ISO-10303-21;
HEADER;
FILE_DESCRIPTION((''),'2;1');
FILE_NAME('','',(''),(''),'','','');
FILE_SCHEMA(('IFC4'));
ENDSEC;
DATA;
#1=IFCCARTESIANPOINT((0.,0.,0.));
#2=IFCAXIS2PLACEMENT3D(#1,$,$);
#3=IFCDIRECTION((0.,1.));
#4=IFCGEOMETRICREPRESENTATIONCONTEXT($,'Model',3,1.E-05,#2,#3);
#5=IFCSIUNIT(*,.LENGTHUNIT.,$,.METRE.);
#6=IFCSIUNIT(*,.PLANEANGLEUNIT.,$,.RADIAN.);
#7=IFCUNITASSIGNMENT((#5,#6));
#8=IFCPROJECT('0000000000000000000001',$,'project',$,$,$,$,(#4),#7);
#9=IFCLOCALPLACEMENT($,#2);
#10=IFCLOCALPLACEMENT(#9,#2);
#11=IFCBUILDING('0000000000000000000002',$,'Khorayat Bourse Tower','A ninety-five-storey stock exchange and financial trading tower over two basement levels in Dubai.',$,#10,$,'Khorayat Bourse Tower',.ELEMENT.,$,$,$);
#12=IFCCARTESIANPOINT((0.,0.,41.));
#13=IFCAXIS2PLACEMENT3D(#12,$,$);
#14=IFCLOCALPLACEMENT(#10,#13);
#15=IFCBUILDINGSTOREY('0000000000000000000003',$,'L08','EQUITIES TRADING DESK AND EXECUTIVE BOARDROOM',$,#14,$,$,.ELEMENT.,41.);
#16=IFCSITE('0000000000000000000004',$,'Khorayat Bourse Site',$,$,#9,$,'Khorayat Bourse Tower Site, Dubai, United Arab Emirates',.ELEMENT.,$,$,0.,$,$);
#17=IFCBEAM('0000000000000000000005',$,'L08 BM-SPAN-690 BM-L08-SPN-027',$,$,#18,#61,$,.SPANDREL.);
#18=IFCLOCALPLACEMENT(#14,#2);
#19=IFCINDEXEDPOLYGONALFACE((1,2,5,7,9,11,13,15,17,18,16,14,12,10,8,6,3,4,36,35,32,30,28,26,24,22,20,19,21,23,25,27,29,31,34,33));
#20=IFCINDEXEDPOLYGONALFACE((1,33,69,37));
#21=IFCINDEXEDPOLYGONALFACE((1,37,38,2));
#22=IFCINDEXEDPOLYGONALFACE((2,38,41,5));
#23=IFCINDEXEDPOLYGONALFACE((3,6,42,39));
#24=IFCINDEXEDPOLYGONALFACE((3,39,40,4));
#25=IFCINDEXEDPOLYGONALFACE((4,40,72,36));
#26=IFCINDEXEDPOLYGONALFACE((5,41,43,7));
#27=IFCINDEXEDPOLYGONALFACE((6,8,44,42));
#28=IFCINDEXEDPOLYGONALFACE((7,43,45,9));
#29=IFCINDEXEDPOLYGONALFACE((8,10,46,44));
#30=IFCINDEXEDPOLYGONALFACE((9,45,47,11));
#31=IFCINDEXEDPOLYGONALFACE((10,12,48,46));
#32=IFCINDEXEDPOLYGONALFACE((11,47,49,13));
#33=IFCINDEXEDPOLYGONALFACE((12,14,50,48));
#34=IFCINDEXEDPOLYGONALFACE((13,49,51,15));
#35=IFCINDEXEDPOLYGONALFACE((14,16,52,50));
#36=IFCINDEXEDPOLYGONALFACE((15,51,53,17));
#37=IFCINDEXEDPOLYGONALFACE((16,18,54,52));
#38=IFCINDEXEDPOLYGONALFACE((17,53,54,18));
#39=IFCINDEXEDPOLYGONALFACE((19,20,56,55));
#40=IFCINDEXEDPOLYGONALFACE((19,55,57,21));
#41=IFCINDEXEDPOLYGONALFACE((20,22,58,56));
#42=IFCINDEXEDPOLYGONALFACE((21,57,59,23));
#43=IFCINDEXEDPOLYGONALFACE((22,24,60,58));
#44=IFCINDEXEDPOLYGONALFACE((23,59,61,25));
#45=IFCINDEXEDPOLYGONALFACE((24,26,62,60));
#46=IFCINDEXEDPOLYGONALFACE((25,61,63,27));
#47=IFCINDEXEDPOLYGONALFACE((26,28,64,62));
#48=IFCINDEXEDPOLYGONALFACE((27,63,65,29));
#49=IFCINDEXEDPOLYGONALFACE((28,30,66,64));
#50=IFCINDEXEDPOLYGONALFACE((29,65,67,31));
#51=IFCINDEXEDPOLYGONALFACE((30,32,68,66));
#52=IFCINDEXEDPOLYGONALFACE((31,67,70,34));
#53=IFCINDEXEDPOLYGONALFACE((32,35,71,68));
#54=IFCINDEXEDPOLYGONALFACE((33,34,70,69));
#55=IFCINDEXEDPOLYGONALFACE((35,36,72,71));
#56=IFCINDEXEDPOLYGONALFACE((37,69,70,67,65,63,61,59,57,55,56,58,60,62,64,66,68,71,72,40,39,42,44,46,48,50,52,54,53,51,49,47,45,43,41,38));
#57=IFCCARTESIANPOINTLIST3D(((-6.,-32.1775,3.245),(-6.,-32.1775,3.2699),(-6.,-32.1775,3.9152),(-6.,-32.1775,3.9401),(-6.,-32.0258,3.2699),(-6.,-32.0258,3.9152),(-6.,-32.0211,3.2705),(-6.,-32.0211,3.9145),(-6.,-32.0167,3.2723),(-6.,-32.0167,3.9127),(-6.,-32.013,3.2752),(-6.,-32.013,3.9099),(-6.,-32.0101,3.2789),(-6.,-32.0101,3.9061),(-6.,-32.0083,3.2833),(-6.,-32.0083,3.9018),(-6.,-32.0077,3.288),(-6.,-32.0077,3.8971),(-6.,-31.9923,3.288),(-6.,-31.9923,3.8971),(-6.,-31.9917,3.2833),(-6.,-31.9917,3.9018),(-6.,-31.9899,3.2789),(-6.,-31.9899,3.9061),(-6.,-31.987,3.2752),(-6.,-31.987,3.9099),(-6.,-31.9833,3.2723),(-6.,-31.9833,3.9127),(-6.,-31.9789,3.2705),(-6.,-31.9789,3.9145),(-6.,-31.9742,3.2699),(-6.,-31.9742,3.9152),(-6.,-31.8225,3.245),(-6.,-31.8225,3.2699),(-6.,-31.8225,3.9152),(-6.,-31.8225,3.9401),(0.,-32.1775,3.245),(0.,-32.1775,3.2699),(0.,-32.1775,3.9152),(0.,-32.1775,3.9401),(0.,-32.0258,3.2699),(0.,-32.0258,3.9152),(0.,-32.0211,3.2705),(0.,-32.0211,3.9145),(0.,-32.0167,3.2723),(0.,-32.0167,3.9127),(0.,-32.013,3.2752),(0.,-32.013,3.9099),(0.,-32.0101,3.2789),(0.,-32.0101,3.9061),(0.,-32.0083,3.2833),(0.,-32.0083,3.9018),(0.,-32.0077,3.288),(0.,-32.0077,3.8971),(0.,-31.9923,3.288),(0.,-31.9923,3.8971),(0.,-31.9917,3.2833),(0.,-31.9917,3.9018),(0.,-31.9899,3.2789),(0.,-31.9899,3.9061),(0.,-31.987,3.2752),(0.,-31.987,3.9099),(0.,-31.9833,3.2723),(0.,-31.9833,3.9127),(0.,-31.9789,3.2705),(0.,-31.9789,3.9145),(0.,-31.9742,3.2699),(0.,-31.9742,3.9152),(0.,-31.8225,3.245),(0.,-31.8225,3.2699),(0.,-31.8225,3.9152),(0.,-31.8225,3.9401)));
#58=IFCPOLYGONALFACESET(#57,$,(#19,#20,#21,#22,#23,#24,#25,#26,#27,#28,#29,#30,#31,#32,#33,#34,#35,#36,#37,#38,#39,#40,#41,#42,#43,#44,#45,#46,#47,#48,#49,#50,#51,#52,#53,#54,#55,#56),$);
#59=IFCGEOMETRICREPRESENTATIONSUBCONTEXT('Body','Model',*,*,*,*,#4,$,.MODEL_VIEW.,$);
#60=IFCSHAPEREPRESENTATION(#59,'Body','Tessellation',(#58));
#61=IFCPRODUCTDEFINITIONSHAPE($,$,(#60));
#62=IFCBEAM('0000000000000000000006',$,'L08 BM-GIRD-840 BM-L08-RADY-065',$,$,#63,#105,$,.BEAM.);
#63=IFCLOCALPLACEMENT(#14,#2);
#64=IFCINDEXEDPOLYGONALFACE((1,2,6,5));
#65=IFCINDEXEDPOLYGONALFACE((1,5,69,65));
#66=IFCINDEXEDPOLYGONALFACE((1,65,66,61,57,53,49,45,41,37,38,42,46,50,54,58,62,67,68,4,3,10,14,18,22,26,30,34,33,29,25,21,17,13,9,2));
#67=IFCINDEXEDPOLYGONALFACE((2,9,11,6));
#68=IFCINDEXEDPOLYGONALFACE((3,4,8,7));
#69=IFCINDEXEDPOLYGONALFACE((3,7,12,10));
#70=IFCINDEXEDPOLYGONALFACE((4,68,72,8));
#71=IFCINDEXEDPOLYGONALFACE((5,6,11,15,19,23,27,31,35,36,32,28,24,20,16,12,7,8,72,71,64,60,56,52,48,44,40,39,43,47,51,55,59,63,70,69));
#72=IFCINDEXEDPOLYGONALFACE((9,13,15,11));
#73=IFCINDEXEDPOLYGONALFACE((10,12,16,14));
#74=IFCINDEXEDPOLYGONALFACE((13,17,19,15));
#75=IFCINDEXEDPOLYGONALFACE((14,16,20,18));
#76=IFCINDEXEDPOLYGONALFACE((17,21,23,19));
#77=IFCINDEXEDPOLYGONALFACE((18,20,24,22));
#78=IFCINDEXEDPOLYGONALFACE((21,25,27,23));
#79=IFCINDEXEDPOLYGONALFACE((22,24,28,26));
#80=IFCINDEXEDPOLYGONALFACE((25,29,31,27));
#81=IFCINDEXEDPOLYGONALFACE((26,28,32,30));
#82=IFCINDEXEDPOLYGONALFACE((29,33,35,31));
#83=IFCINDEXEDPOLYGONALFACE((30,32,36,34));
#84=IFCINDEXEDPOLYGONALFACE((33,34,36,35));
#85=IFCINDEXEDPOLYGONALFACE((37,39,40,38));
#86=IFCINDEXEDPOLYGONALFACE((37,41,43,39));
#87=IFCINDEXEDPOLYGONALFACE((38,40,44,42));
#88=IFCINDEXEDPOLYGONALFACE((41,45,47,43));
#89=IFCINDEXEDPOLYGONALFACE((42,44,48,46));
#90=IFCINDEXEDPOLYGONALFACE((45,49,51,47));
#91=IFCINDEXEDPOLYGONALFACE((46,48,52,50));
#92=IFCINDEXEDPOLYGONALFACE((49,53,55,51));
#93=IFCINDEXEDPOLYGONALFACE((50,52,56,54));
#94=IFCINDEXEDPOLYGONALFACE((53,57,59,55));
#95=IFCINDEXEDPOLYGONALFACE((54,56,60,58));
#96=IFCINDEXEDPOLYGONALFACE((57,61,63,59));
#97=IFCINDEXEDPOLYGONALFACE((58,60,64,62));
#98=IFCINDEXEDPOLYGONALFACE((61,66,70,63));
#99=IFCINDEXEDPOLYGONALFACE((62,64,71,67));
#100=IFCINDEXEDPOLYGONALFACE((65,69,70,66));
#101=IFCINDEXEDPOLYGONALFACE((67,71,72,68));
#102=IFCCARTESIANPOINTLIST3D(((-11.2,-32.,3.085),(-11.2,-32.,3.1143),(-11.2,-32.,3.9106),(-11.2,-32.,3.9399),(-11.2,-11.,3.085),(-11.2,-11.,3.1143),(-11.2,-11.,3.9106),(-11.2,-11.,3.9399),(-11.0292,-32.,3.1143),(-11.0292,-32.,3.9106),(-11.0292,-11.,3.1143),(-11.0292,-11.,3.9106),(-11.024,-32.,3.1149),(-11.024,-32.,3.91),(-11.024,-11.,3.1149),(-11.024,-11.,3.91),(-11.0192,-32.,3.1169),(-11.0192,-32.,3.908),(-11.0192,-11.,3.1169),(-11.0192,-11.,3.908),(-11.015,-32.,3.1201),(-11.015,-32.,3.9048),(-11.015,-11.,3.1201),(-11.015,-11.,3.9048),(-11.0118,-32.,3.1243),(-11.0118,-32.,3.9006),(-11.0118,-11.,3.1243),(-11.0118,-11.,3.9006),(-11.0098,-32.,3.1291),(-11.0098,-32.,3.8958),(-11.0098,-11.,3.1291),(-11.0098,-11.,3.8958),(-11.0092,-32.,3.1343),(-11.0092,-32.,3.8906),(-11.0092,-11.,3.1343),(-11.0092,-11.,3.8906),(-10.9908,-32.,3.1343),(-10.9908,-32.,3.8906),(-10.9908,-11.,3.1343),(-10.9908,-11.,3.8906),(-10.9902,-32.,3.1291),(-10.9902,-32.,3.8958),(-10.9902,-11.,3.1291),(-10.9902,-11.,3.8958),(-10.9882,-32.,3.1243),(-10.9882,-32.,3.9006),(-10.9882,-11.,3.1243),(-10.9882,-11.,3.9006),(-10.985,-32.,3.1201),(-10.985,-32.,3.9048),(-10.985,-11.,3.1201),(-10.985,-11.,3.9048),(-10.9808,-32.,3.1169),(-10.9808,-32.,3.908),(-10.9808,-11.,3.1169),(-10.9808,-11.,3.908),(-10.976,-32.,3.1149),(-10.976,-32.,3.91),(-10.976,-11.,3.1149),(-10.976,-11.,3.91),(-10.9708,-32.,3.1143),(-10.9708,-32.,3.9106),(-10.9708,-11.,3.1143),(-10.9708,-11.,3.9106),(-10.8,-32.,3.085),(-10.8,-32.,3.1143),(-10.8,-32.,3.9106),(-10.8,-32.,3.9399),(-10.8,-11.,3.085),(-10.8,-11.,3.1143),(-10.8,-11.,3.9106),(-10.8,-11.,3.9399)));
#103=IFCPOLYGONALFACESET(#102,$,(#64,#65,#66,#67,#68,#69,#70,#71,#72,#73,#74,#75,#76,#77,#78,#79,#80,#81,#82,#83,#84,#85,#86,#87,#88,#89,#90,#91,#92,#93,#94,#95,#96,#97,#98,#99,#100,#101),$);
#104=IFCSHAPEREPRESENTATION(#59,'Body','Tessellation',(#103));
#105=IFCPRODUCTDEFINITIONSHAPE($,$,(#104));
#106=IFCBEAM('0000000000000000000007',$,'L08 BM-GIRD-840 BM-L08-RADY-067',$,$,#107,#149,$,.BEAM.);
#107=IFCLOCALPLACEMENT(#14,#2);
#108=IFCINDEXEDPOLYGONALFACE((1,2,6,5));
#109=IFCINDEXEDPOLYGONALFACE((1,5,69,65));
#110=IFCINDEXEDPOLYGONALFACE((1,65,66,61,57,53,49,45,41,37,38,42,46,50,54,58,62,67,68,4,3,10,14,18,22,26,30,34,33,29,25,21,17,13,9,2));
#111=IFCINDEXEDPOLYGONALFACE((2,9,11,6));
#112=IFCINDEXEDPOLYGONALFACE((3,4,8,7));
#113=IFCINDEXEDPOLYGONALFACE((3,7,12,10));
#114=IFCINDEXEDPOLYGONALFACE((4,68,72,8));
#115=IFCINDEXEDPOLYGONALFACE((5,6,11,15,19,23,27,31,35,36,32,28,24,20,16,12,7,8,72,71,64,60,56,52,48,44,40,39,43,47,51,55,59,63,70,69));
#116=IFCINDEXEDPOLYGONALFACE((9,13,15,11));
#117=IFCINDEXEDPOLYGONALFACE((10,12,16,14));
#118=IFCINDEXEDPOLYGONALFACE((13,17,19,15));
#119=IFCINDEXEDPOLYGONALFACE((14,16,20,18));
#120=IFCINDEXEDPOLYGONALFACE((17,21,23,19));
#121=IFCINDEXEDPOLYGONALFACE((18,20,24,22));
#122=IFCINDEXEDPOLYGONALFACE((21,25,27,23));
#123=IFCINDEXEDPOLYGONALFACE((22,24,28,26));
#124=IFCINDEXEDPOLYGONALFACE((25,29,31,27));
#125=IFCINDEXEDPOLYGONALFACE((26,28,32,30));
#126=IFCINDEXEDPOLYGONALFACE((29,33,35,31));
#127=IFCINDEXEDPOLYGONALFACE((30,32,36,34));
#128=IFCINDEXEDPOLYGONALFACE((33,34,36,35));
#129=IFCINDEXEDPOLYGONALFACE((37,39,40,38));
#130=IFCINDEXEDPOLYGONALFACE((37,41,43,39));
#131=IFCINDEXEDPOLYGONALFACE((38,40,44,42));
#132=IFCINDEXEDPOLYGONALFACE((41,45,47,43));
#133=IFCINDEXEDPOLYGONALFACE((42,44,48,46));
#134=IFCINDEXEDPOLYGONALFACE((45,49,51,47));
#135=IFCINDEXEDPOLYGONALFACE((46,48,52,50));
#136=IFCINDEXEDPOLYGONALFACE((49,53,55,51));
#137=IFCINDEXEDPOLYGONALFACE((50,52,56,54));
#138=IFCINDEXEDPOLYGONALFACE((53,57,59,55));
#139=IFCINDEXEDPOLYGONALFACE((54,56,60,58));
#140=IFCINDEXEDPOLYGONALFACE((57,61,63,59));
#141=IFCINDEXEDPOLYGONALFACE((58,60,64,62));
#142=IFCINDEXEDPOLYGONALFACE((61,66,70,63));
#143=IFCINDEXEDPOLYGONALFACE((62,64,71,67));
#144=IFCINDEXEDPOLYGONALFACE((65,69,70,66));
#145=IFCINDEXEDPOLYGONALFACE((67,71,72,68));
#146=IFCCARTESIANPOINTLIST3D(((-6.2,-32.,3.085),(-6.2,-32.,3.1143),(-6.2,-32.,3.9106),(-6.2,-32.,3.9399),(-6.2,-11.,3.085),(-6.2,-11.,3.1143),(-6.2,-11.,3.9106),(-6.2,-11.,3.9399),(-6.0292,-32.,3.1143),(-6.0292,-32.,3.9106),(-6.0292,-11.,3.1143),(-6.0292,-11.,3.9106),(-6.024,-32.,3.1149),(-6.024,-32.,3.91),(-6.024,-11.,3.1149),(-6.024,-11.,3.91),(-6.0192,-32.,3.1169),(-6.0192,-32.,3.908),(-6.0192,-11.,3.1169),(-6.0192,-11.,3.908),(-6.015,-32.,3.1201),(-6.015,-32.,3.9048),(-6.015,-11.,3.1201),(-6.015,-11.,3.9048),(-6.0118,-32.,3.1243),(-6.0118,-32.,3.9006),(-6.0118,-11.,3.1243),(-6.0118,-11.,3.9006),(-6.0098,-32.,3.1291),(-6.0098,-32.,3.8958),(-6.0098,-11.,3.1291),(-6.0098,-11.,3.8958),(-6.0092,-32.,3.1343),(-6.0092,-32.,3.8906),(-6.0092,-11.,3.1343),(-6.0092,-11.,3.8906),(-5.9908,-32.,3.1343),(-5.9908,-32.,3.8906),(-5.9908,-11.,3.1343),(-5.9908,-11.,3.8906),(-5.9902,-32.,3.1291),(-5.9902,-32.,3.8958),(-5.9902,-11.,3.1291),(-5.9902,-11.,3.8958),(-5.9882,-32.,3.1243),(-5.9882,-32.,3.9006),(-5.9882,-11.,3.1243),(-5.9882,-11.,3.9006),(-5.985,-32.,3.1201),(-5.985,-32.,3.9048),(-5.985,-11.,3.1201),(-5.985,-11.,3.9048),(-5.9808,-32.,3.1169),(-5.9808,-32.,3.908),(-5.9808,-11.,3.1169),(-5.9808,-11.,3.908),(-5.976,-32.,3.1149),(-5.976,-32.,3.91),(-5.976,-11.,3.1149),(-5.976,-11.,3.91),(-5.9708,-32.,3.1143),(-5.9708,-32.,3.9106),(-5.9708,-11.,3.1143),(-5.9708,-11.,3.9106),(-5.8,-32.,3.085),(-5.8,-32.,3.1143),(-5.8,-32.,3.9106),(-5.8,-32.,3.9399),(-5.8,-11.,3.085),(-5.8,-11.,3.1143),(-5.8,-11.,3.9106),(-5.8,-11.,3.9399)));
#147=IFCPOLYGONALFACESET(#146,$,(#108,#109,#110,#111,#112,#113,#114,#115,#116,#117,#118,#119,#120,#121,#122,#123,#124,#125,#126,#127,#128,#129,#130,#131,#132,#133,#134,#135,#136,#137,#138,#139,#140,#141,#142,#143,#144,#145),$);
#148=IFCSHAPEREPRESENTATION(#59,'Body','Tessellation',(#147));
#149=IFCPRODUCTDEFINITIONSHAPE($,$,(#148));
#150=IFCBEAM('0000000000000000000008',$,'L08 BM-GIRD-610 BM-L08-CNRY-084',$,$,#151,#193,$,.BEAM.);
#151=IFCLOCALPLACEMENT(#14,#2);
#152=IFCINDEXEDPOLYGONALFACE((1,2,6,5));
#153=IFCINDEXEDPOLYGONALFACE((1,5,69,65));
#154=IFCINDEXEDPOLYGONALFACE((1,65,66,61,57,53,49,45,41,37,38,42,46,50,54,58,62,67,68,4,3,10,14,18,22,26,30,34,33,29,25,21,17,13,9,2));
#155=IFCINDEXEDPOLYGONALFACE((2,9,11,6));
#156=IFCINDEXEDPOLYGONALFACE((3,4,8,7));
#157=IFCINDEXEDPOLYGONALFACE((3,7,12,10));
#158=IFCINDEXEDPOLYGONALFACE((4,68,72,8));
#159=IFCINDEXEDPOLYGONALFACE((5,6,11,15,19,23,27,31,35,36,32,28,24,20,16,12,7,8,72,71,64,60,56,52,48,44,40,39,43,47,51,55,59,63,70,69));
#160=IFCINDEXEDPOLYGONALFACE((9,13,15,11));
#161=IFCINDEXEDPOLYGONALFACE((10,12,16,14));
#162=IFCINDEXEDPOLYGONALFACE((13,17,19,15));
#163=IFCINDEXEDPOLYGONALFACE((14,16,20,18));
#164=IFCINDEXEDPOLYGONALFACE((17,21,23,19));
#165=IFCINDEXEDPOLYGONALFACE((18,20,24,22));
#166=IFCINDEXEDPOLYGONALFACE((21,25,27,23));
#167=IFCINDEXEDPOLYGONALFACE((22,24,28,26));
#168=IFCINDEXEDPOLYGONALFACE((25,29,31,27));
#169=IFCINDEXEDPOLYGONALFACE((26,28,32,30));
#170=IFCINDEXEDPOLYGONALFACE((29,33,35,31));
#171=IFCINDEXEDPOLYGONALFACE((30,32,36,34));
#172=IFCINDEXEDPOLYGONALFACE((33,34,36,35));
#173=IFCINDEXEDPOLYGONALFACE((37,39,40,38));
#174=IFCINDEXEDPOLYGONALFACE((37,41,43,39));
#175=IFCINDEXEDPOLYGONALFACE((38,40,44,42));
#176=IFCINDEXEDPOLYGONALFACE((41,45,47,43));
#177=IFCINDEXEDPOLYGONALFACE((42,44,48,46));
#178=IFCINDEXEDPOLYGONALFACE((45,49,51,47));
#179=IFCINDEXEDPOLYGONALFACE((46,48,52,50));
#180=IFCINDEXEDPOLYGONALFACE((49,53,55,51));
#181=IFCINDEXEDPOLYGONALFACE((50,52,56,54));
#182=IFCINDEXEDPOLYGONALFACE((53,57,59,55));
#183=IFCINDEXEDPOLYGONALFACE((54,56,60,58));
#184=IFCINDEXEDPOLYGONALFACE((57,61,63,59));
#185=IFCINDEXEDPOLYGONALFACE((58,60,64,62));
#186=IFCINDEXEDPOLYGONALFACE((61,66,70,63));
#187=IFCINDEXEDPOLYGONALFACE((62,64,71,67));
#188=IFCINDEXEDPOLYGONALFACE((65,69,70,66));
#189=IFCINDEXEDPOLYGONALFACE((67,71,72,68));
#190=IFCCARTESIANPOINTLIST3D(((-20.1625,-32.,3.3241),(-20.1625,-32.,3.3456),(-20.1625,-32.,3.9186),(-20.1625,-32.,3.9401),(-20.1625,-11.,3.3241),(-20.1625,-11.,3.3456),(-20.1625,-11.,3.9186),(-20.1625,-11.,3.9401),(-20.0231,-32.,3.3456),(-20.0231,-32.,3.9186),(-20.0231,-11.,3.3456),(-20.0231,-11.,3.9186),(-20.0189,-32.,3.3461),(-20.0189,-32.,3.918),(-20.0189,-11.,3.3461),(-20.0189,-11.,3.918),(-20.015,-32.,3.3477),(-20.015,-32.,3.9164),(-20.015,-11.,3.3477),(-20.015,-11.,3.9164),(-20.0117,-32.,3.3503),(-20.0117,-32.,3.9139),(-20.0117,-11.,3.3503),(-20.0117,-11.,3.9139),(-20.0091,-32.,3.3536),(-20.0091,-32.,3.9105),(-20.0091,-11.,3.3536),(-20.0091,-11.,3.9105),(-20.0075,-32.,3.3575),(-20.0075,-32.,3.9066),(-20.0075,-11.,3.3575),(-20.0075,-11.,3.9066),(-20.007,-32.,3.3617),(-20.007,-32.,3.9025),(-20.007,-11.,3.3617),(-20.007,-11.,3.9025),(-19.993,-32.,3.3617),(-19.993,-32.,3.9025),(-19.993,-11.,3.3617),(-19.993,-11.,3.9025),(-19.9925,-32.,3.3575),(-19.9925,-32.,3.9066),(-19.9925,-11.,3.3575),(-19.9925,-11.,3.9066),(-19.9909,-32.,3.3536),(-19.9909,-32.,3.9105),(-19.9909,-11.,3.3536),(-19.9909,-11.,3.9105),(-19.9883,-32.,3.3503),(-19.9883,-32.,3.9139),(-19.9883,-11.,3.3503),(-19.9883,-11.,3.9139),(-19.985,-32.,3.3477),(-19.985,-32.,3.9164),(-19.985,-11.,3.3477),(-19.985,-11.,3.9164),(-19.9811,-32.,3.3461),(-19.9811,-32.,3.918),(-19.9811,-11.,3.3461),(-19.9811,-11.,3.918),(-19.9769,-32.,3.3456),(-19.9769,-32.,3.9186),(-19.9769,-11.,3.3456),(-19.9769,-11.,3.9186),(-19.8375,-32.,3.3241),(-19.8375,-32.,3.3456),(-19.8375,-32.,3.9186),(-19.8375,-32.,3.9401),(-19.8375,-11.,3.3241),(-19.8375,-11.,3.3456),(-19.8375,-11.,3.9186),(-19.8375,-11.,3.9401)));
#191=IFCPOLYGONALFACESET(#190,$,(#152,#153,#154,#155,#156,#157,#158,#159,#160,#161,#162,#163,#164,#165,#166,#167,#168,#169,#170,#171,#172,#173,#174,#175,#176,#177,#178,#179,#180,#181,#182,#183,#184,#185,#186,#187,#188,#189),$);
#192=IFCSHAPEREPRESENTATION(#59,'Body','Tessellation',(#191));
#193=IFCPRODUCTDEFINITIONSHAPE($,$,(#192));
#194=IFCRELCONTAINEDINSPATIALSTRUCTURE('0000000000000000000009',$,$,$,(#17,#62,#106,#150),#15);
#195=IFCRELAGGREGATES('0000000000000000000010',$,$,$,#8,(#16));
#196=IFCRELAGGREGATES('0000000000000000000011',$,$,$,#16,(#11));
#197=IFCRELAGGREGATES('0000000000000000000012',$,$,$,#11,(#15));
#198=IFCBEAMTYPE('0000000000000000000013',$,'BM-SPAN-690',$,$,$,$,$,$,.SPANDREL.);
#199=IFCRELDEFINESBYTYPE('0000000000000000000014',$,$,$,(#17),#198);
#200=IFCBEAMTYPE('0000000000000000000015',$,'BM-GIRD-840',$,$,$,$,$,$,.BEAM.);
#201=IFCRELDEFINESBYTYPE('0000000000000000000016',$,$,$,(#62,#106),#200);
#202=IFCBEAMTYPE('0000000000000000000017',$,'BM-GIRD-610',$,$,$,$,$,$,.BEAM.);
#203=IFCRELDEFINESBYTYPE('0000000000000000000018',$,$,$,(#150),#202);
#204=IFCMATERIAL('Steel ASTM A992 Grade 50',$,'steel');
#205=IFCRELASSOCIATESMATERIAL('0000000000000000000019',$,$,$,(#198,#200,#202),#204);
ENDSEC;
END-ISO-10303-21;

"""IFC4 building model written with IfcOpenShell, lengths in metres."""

from ifc_helpers import new_model, si_unit, direction, frame, origin, origin_2d, place, context, subcontext, project, spatial, i_section, extrude, source, transform, mapped, material, material_profile, profile_set, type_object, element, save


model = new_model("IFC4")

# Units and contexts
model_context = context("Model", 3, precision=1e-05, world=origin(), true_north=direction((0.0, 1.0)))
body_context = subcontext(model_context, "Body", "Model", "MODEL_VIEW")
ifc_project = project(units=[si_unit("LENGTHUNIT", "METRE"), si_unit("PLANEANGLEUNIT", "RADIAN")], contexts=[model_context])

# Site, building, storey
site_placement = place(None, origin())
site = spatial("IfcSite", under=ifc_project, at=site_placement, Name="Khorayat Bourse Site", LongName="Khorayat Bourse Tower Site, Dubai, United Arab Emirates", CompositionType="ELEMENT", RefElevation=0.0)
building_placement = place(site_placement, origin())
building = spatial("IfcBuilding", under=site, at=building_placement, Name="Khorayat Bourse Tower", Description="A ninety-five-storey stock exchange and financial trading tower over two basement levels in Dubai.", LongName="Khorayat Bourse Tower", CompositionType="ELEMENT")
storey_placement = place(building_placement, frame((0.0, 0.0, 41.0)))
storey = spatial("IfcBuildingStorey", under=building, at=storey_placement, Name="L08", Description="EQUITIES TRADING DESK AND EXECUTIVE BOARDROOM", CompositionType="ELEMENT", Elevation=41.0)

# Beams
ifc_material_1 = material(Name="Steel ASTM A992 Grade 50", Category="steel")
ifc_material_profile_1 = material_profile(ifc_material_1, i_section(OverallWidth=0.355, OverallDepth=0.6951, WebThickness=0.0154, FlangeThickness=0.0249, FilletRadius=0.0181, at=origin_2d()), Name="W690X217")
ifc_profile_set_1 = profile_set([ifc_material_profile_1], Name="Steel ASTM A992 Grade 50")
beam_type_1 = type_object("IfcBeamType", Name="BM-SPAN-690", PredefinedType="SPANDREL", material=ifc_profile_set_1)
shared_shape_1 = source(origin(), body_context, "Body", "SweptSolid", [
    extrude(i_section(OverallWidth=0.355, OverallDepth=0.6951, WebThickness=0.0154, FlangeThickness=0.0249, FilletRadius=0.0181, at=origin_2d()), origin(), (0.0, 0.0, 1.0), 6.0),
])
beam_1_placement = place(storey_placement, frame((-6.0, -32.0, 3.5925), z_axis=(1.0, 0.0, 0.0), x_axis=(0.0, 1.0, 0.0)))
element("IfcBeam", 1, at=beam_1_placement, inside=storey, type_object=beam_type_1, Name="L08 BM-SPAN-690 BM-L08-SPN-027", PredefinedType="SPANDREL", context=body_context, shape_type="MappedRepresentation", body=[
    mapped(shared_shape_1, transform((0.0, 0.0, 0.0), scale=1.0)),
])
ifc_material_profile_2 = material_profile(ifc_material_1, i_section(OverallWidth=0.3999, OverallDepth=0.855, WebThickness=0.0183, FlangeThickness=0.0293, FilletRadius=0.02, at=origin_2d()), Name="W840X299")
ifc_profile_set_2 = profile_set([ifc_material_profile_2], Name="Steel ASTM A992 Grade 50")
beam_type_2 = type_object("IfcBeamType", Name="BM-GIRD-840", PredefinedType="BEAM", material=ifc_profile_set_2)
shared_shape_2 = source(origin(), body_context, "Body", "SweptSolid", [
    extrude(i_section(OverallWidth=0.3999, OverallDepth=0.855, WebThickness=0.0183, FlangeThickness=0.0293, FilletRadius=0.02, at=origin_2d()), origin(), (0.0, 0.0, 1.0), 21.0),
])
for number, where, z_axis, x_axis, name in (
    (2, (-11.0, -32.0, 3.5125), (0.0, 1.0, 0.0), (-1.0, 0.0, 0.0), "L08 BM-GIRD-840 BM-L08-RADY-065"),
    (3, (-6.0, -32.0, 3.5125), (0.0, 1.0, 0.0), (-1.0, 0.0, 0.0), "L08 BM-GIRD-840 BM-L08-RADY-067"),
):
    element("IfcBeam", number, at=place(storey_placement, frame(where, z_axis=z_axis, x_axis=x_axis)), inside=storey, type_object=beam_type_2, Name=name, PredefinedType="BEAM", context=body_context, shape_type="MappedRepresentation", body=[
        mapped(shared_shape_2, transform((0.0, 0.0, 0.0), scale=1.0)),
    ])
ifc_material_profile_3 = material_profile(ifc_material_1, i_section(OverallWidth=0.325, OverallDepth=0.616, WebThickness=0.0139, FlangeThickness=0.0215, FilletRadius=0.0161, at=origin_2d()), Name="W610X174")
ifc_profile_set_3 = profile_set([ifc_material_profile_3], Name="Steel ASTM A992 Grade 50")
beam_type_3 = type_object("IfcBeamType", Name="BM-GIRD-610", PredefinedType="BEAM", material=ifc_profile_set_3)
shared_shape_3 = source(origin(), body_context, "Body", "SweptSolid", [
    extrude(i_section(OverallWidth=0.325, OverallDepth=0.616, WebThickness=0.0139, FlangeThickness=0.0215, FilletRadius=0.0161, at=origin_2d()), origin(), (0.0, 0.0, 1.0), 21.0),
])
beam_2_placement = place(storey_placement, frame((-20.0, -32.0, 3.6321), z_axis=(0.0, 1.0, 0.0), x_axis=(-1.0, 0.0, 0.0)))
element("IfcBeam", 4, at=beam_2_placement, inside=storey, type_object=beam_type_3, Name="L08 BM-GIRD-610 BM-L08-CNRY-084", PredefinedType="BEAM", context=body_context, shape_type="MappedRepresentation", body=[
    mapped(shared_shape_3, transform((0.0, 0.0, 0.0), scale=1.0)),
])

save(model, "model.ifc")
